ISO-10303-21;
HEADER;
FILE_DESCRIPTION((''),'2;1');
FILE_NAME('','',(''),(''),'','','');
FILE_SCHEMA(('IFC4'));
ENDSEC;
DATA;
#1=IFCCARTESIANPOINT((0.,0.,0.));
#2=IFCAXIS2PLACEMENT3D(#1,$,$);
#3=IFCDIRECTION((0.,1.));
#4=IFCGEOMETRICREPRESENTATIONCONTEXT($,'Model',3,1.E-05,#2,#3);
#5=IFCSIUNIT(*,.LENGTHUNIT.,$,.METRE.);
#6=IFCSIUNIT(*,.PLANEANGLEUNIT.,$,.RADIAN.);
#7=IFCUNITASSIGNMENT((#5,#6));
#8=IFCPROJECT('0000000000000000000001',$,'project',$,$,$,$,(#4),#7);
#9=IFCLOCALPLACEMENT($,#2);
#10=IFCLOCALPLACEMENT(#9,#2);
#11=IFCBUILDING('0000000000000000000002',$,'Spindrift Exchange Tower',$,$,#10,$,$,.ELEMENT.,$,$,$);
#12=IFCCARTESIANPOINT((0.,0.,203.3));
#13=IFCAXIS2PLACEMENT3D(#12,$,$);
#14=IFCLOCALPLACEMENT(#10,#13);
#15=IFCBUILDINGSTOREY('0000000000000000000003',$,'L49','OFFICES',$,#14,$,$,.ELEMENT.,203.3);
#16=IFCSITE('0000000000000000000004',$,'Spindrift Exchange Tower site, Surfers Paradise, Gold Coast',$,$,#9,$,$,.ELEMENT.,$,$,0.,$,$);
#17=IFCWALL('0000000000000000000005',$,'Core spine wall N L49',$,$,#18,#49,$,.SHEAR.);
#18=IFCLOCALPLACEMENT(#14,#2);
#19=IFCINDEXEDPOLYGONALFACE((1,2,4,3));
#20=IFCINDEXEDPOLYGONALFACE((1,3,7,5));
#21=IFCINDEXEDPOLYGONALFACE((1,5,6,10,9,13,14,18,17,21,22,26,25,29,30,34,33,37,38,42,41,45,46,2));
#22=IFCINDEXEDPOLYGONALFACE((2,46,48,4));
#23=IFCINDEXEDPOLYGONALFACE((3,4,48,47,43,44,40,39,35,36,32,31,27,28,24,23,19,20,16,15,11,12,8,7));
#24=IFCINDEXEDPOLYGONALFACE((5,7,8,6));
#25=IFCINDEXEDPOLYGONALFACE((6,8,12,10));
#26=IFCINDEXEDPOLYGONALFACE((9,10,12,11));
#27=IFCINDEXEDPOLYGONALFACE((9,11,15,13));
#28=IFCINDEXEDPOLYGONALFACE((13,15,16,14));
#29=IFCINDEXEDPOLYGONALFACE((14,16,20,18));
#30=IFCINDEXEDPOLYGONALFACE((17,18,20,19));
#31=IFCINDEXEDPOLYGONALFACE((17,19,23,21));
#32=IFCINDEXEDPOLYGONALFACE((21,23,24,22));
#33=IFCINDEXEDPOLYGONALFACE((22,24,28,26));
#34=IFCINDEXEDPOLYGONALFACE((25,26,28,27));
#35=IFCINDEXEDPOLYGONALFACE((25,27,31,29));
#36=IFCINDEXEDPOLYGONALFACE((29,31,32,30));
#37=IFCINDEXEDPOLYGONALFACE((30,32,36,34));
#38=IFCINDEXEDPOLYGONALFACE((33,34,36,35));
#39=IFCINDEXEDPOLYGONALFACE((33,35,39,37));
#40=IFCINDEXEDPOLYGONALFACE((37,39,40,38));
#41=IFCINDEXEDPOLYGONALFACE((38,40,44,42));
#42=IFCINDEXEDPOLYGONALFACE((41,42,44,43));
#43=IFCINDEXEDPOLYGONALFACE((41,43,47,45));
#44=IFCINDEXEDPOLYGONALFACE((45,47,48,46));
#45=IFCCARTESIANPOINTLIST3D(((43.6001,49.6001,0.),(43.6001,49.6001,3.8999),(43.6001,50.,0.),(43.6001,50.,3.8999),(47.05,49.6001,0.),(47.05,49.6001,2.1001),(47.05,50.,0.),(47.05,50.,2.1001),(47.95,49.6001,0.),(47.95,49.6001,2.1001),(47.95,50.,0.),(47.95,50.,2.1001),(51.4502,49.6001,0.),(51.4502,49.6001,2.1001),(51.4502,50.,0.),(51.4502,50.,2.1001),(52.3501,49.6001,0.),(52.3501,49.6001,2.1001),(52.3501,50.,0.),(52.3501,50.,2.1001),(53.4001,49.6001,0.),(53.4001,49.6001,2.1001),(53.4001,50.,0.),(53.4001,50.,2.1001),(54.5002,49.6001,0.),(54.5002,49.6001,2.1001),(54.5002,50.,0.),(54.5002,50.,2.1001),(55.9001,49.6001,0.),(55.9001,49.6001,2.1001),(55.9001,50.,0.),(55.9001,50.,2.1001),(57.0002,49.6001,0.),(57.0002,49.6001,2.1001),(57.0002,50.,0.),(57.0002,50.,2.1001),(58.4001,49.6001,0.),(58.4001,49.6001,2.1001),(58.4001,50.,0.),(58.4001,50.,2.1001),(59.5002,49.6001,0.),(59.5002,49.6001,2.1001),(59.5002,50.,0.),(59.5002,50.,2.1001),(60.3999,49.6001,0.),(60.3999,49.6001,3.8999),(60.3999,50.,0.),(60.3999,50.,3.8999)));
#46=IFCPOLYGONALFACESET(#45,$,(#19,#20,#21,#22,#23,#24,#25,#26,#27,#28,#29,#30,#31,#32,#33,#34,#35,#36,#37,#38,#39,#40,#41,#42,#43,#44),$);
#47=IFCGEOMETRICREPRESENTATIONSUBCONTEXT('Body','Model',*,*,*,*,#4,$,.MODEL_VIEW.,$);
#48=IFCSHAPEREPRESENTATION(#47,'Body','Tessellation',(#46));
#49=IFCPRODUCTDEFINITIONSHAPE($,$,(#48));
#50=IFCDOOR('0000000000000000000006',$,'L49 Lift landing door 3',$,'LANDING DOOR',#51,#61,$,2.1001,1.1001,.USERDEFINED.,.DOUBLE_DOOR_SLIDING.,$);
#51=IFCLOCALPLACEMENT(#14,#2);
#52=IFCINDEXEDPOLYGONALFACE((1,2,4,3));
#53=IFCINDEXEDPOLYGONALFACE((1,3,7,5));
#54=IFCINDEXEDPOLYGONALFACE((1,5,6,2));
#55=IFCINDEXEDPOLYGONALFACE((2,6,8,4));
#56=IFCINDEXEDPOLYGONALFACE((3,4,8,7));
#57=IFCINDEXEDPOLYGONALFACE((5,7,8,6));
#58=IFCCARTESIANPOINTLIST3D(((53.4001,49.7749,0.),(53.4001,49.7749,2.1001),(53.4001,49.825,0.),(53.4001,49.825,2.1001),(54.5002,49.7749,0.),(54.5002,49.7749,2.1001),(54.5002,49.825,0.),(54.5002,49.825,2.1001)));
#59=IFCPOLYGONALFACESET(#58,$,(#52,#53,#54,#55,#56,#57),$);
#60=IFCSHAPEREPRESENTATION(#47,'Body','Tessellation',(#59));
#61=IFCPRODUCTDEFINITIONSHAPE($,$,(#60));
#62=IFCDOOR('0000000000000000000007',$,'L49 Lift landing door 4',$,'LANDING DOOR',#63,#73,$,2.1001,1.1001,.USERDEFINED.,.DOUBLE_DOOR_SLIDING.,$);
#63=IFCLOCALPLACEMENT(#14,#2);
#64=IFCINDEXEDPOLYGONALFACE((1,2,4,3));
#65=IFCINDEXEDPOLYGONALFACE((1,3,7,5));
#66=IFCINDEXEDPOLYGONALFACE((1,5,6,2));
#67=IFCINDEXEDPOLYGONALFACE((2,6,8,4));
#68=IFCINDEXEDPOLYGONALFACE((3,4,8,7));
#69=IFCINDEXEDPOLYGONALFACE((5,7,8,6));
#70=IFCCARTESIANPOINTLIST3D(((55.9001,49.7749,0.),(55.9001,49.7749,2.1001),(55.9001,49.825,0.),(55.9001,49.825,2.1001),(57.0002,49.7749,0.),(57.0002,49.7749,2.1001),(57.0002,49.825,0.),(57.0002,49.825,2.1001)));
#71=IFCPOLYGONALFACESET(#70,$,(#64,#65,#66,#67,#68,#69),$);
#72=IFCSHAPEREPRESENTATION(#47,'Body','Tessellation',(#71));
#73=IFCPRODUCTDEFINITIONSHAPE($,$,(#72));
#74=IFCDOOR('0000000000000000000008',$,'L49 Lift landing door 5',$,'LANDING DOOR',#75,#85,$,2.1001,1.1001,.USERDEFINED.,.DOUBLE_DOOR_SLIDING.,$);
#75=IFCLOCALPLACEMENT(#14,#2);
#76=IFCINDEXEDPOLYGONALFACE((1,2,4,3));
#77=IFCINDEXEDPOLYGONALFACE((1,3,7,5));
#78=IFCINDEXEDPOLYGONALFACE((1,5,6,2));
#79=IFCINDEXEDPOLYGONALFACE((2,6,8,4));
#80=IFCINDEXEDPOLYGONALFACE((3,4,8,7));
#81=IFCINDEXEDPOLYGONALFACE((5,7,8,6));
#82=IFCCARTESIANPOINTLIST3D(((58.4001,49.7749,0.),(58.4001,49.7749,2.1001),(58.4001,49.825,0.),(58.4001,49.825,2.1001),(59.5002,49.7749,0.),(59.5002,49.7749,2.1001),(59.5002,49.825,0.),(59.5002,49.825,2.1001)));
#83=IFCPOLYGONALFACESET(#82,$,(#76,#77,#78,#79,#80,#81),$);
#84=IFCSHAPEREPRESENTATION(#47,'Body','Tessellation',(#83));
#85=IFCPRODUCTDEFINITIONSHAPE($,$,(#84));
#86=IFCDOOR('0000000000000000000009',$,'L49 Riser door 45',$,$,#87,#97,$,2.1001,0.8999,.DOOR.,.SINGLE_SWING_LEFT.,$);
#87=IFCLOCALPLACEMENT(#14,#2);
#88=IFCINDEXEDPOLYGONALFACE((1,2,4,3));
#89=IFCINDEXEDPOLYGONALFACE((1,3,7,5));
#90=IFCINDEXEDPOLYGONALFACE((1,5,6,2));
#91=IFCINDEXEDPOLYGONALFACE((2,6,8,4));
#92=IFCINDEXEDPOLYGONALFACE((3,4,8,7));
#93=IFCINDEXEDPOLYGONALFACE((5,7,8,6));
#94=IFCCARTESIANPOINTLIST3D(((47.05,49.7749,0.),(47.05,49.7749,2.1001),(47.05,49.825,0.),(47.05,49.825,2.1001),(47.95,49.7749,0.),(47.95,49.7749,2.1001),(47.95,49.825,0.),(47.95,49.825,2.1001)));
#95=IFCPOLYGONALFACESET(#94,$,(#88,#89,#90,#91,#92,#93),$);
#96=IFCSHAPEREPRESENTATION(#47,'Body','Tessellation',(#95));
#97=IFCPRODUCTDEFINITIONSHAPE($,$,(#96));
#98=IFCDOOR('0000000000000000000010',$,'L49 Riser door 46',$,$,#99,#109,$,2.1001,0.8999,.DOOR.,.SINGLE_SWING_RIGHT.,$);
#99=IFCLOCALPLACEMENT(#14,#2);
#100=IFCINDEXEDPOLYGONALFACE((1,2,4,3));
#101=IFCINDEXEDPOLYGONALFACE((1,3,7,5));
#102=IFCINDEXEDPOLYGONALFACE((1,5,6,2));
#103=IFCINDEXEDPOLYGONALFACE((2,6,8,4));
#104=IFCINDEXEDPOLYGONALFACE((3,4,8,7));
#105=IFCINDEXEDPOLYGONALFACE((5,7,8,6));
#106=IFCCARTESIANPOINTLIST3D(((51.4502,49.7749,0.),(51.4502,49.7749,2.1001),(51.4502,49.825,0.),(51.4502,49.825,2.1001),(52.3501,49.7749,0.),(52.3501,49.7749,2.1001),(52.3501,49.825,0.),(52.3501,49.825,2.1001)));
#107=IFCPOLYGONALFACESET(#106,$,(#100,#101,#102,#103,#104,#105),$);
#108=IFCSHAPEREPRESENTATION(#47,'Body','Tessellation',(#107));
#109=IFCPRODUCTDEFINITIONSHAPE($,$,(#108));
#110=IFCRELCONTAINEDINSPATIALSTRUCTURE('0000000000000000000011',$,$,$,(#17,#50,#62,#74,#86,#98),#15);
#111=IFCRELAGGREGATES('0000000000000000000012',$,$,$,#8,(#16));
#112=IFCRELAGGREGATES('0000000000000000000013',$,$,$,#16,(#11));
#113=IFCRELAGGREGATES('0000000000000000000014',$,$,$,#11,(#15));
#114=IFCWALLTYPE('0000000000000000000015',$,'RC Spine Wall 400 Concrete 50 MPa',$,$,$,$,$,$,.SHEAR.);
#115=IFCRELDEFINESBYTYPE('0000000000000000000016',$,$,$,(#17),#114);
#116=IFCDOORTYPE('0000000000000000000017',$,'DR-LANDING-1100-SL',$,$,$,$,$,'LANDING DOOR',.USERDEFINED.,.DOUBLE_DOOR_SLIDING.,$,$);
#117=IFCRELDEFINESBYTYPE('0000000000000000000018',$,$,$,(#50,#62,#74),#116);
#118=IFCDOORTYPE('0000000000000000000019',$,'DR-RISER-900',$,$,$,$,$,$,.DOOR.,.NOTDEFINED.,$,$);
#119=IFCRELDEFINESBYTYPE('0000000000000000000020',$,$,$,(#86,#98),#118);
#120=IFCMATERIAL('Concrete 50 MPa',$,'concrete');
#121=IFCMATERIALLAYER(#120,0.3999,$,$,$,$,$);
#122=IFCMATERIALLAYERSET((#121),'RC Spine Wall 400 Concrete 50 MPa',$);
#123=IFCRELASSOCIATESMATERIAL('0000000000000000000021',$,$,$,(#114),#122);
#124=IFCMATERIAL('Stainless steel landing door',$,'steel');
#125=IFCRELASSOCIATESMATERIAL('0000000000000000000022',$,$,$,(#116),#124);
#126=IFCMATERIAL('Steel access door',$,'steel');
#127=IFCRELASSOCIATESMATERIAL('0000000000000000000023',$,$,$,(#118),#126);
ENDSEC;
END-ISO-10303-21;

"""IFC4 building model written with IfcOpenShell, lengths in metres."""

from ifc_helpers import new_model, si_unit, direction, frame, frame_2d, origin, place, context, subcontext, project, spatial, rectangle, extrude, source, transform, mapped, material, layer, layer_set, type_object, element, fill, save


model = new_model("IFC4")

# Units and contexts
model_context = context("Model", 3, precision=1e-05, world=origin(), true_north=direction((0.0, 1.0)))
body_context = subcontext(model_context, "Body", "Model", "MODEL_VIEW")
ifc_project = project(units=[si_unit("LENGTHUNIT", "METRE"), si_unit("PLANEANGLEUNIT", "RADIAN")], contexts=[model_context])

# Site, building, storey
site_placement = place(None, origin())
site = spatial("IfcSite", under=ifc_project, at=site_placement, Name="Spindrift Exchange Tower site, Surfers Paradise, Gold Coast", CompositionType="ELEMENT", RefElevation=0.0)
building_placement = place(site_placement, origin())
building = spatial("IfcBuilding", under=site, at=building_placement, Name="Spindrift Exchange Tower", CompositionType="ELEMENT")
storey_placement = place(building_placement, frame((0.0, 0.0, 203.3)))
storey = spatial("IfcBuildingStorey", under=building, at=storey_placement, Name="L49", Description="OFFICES", CompositionType="ELEMENT", Elevation=203.3)

# Wall, openings, doors
ifc_material_1 = material(Name="Concrete 50 MPa", Category="concrete")
ifc_layer_1 = layer(ifc_material_1, 0.3999)
ifc_layer_set_1 = layer_set([ifc_layer_1], Name="RC Spine Wall 400 Concrete 50 MPa")
wall_type_1 = type_object("IfcWallType", Name="RC Spine Wall 400 Concrete 50 MPa", PredefinedType="SHEAR", material=ifc_layer_set_1)
wall_1_placement = place(storey_placement, frame((43.6001, 49.8, 0.0), z_axis=(0.0, 0.0, 1.0), x_axis=(1.0, 0.0, 0.0)))
wall_1 = element("IfcWall", 1, at=wall_1_placement, inside=storey, type_object=wall_type_1, Name="Core spine wall N L49", PredefinedType="SHEAR", context=body_context, shape_type="SweptSolid", body=[
    extrude(rectangle(XDim=16.7998, YDim=0.3999, at=frame_2d((8.3999, 0.0))), origin(), (0.0, 0.0, 1.0), 3.8999),
])
opening_1_placement = place(wall_1_placement, frame((9.8, 0.0, 0.0)))
opening_1 = element("IfcOpeningElement", 2, at=opening_1_placement, cuts=wall_1, PredefinedType="OPENING", context=body_context, shape_type="SweptSolid", body=[
    extrude(rectangle(XDim=1.1001, YDim=2.1001, at=frame_2d((0.55, 1.05))), frame((0.0, 0.21, 0.0), z_axis=(0.0, -1.0, 0.0), x_axis=(1.0, 0.0, 0.0)), (0.0, 0.0, 1.0), 0.4199),
])
opening_2_placement = place(wall_1_placement, frame((12.3, 0.0, 0.0)))
opening_2 = element("IfcOpeningElement", 3, at=opening_2_placement, cuts=wall_1, PredefinedType="OPENING", context=body_context, shape_type="SweptSolid", body=[
    extrude(rectangle(XDim=1.1001, YDim=2.1001, at=frame_2d((0.55, 1.05))), frame((0.0, 0.21, 0.0), z_axis=(0.0, -1.0, 0.0), x_axis=(1.0, 0.0, 0.0)), (0.0, 0.0, 1.0), 0.4199),
])
opening_3_placement = place(wall_1_placement, frame((14.8, 0.0, 0.0)))
opening_3 = element("IfcOpeningElement", 4, at=opening_3_placement, cuts=wall_1, PredefinedType="OPENING", context=body_context, shape_type="SweptSolid", body=[
    extrude(rectangle(XDim=1.1001, YDim=2.1001, at=frame_2d((0.55, 1.05))), frame((0.0, 0.21, 0.0), z_axis=(0.0, -1.0, 0.0), x_axis=(1.0, 0.0, 0.0)), (0.0, 0.0, 1.0), 0.4199),
])
opening_4_placement = place(wall_1_placement, frame((3.45, 0.0, 0.0)))
opening_4 = element("IfcOpeningElement", 5, at=opening_4_placement, cuts=wall_1, PredefinedType="OPENING", context=body_context, shape_type="SweptSolid", body=[
    extrude(rectangle(XDim=0.8999, YDim=2.1001, at=frame_2d((0.45, 1.05))), frame((0.0, 0.21, 0.0), z_axis=(0.0, -1.0, 0.0), x_axis=(1.0, 0.0, 0.0)), (0.0, 0.0, 1.0), 0.4199),
])
opening_5_placement = place(wall_1_placement, frame((7.8501, 0.0, 0.0)))
opening_5 = element("IfcOpeningElement", 6, at=opening_5_placement, cuts=wall_1, PredefinedType="OPENING", context=body_context, shape_type="SweptSolid", body=[
    extrude(rectangle(XDim=0.8999, YDim=2.1001, at=frame_2d((0.45, 1.05))), frame((0.0, 0.21, 0.0), z_axis=(0.0, -1.0, 0.0), x_axis=(1.0, 0.0, 0.0)), (0.0, 0.0, 1.0), 0.4199),
])
ifc_material_2 = material(Name="Stainless steel landing door", Category="steel")
door_type_1 = type_object("IfcDoorType", Name="DR-LANDING-1100-SL", ElementType="LANDING DOOR", OperationType="DOUBLE_DOOR_SLIDING", PredefinedType="USERDEFINED", material=ifc_material_2)
shared_shape_1 = source(origin(), body_context, "Body", "SweptSolid", [
    extrude(rectangle(XDim=1.1001, YDim=2.1001, at=frame_2d((0.55, 1.05))), frame((0.0, 0.0249, 0.0), z_axis=(0.0, -1.0, 0.0), x_axis=(1.0, 0.0, 0.0)), (0.0, 0.0, 1.0), 0.05),
])
door_1_placement = place(opening_1_placement, origin())
door_1 = element("IfcDoor", 7, at=door_1_placement, inside=storey, type_object=door_type_1, Name="L49 Lift landing door 3", ObjectType="LANDING DOOR", OperationType="DOUBLE_DOOR_SLIDING", OverallHeight=2.1001, OverallWidth=1.1001, PredefinedType="USERDEFINED", context=body_context, shape_type="MappedRepresentation", body=[
    mapped(shared_shape_1, transform((0.0, 0.0, 0.0), scale=1.0)),
])
fill(opening_1, door_1)
door_2_placement = place(opening_2_placement, origin())
door_2 = element("IfcDoor", 8, at=door_2_placement, inside=storey, type_object=door_type_1, Name="L49 Lift landing door 4", ObjectType="LANDING DOOR", OperationType="DOUBLE_DOOR_SLIDING", OverallHeight=2.1001, OverallWidth=1.1001, PredefinedType="USERDEFINED", context=body_context, shape_type="MappedRepresentation", body=[
    mapped(shared_shape_1, transform((0.0, 0.0, 0.0), scale=1.0)),
])
fill(opening_2, door_2)
door_3_placement = place(opening_3_placement, origin())
door_3 = element("IfcDoor", 9, at=door_3_placement, inside=storey, type_object=door_type_1, Name="L49 Lift landing door 5", ObjectType="LANDING DOOR", OperationType="DOUBLE_DOOR_SLIDING", OverallHeight=2.1001, OverallWidth=1.1001, PredefinedType="USERDEFINED", context=body_context, shape_type="MappedRepresentation", body=[
    mapped(shared_shape_1, transform((0.0, 0.0, 0.0), scale=1.0)),
])
fill(opening_3, door_3)
ifc_material_3 = material(Name="Steel access door", Category="steel")
door_type_2 = type_object("IfcDoorType", Name="DR-RISER-900", OperationType="NOTDEFINED", PredefinedType="DOOR", material=ifc_material_3)
shared_shape_2 = source(origin(), body_context, "Body", "SweptSolid", [
    extrude(rectangle(XDim=0.8999, YDim=2.1001, at=frame_2d((0.45, 1.05))), frame((0.0, 0.0249, 0.0), z_axis=(0.0, -1.0, 0.0), x_axis=(1.0, 0.0, 0.0)), (0.0, 0.0, 1.0), 0.05),
])
door_4_placement = place(opening_4_placement, origin())
door_4 = element("IfcDoor", 10, at=door_4_placement, inside=storey, type_object=door_type_2, Name="L49 Riser door 45", OperationType="SINGLE_SWING_LEFT", OverallHeight=2.1001, OverallWidth=0.8999, PredefinedType="DOOR", context=body_context, shape_type="MappedRepresentation", body=[
    mapped(shared_shape_2, transform((0.0, 0.0, 0.0), scale=1.0)),
])
fill(opening_4, door_4)
door_5_placement = place(opening_5_placement, origin())
door_5 = element("IfcDoor", 11, at=door_5_placement, inside=storey, type_object=door_type_2, Name="L49 Riser door 46", OperationType="SINGLE_SWING_RIGHT", OverallHeight=2.1001, OverallWidth=0.8999, PredefinedType="DOOR", context=body_context, shape_type="MappedRepresentation", body=[
    mapped(shared_shape_2, transform((0.0, 0.0, 0.0), scale=1.0)),
])
fill(opening_5, door_5)

save(model, "model.ifc")
